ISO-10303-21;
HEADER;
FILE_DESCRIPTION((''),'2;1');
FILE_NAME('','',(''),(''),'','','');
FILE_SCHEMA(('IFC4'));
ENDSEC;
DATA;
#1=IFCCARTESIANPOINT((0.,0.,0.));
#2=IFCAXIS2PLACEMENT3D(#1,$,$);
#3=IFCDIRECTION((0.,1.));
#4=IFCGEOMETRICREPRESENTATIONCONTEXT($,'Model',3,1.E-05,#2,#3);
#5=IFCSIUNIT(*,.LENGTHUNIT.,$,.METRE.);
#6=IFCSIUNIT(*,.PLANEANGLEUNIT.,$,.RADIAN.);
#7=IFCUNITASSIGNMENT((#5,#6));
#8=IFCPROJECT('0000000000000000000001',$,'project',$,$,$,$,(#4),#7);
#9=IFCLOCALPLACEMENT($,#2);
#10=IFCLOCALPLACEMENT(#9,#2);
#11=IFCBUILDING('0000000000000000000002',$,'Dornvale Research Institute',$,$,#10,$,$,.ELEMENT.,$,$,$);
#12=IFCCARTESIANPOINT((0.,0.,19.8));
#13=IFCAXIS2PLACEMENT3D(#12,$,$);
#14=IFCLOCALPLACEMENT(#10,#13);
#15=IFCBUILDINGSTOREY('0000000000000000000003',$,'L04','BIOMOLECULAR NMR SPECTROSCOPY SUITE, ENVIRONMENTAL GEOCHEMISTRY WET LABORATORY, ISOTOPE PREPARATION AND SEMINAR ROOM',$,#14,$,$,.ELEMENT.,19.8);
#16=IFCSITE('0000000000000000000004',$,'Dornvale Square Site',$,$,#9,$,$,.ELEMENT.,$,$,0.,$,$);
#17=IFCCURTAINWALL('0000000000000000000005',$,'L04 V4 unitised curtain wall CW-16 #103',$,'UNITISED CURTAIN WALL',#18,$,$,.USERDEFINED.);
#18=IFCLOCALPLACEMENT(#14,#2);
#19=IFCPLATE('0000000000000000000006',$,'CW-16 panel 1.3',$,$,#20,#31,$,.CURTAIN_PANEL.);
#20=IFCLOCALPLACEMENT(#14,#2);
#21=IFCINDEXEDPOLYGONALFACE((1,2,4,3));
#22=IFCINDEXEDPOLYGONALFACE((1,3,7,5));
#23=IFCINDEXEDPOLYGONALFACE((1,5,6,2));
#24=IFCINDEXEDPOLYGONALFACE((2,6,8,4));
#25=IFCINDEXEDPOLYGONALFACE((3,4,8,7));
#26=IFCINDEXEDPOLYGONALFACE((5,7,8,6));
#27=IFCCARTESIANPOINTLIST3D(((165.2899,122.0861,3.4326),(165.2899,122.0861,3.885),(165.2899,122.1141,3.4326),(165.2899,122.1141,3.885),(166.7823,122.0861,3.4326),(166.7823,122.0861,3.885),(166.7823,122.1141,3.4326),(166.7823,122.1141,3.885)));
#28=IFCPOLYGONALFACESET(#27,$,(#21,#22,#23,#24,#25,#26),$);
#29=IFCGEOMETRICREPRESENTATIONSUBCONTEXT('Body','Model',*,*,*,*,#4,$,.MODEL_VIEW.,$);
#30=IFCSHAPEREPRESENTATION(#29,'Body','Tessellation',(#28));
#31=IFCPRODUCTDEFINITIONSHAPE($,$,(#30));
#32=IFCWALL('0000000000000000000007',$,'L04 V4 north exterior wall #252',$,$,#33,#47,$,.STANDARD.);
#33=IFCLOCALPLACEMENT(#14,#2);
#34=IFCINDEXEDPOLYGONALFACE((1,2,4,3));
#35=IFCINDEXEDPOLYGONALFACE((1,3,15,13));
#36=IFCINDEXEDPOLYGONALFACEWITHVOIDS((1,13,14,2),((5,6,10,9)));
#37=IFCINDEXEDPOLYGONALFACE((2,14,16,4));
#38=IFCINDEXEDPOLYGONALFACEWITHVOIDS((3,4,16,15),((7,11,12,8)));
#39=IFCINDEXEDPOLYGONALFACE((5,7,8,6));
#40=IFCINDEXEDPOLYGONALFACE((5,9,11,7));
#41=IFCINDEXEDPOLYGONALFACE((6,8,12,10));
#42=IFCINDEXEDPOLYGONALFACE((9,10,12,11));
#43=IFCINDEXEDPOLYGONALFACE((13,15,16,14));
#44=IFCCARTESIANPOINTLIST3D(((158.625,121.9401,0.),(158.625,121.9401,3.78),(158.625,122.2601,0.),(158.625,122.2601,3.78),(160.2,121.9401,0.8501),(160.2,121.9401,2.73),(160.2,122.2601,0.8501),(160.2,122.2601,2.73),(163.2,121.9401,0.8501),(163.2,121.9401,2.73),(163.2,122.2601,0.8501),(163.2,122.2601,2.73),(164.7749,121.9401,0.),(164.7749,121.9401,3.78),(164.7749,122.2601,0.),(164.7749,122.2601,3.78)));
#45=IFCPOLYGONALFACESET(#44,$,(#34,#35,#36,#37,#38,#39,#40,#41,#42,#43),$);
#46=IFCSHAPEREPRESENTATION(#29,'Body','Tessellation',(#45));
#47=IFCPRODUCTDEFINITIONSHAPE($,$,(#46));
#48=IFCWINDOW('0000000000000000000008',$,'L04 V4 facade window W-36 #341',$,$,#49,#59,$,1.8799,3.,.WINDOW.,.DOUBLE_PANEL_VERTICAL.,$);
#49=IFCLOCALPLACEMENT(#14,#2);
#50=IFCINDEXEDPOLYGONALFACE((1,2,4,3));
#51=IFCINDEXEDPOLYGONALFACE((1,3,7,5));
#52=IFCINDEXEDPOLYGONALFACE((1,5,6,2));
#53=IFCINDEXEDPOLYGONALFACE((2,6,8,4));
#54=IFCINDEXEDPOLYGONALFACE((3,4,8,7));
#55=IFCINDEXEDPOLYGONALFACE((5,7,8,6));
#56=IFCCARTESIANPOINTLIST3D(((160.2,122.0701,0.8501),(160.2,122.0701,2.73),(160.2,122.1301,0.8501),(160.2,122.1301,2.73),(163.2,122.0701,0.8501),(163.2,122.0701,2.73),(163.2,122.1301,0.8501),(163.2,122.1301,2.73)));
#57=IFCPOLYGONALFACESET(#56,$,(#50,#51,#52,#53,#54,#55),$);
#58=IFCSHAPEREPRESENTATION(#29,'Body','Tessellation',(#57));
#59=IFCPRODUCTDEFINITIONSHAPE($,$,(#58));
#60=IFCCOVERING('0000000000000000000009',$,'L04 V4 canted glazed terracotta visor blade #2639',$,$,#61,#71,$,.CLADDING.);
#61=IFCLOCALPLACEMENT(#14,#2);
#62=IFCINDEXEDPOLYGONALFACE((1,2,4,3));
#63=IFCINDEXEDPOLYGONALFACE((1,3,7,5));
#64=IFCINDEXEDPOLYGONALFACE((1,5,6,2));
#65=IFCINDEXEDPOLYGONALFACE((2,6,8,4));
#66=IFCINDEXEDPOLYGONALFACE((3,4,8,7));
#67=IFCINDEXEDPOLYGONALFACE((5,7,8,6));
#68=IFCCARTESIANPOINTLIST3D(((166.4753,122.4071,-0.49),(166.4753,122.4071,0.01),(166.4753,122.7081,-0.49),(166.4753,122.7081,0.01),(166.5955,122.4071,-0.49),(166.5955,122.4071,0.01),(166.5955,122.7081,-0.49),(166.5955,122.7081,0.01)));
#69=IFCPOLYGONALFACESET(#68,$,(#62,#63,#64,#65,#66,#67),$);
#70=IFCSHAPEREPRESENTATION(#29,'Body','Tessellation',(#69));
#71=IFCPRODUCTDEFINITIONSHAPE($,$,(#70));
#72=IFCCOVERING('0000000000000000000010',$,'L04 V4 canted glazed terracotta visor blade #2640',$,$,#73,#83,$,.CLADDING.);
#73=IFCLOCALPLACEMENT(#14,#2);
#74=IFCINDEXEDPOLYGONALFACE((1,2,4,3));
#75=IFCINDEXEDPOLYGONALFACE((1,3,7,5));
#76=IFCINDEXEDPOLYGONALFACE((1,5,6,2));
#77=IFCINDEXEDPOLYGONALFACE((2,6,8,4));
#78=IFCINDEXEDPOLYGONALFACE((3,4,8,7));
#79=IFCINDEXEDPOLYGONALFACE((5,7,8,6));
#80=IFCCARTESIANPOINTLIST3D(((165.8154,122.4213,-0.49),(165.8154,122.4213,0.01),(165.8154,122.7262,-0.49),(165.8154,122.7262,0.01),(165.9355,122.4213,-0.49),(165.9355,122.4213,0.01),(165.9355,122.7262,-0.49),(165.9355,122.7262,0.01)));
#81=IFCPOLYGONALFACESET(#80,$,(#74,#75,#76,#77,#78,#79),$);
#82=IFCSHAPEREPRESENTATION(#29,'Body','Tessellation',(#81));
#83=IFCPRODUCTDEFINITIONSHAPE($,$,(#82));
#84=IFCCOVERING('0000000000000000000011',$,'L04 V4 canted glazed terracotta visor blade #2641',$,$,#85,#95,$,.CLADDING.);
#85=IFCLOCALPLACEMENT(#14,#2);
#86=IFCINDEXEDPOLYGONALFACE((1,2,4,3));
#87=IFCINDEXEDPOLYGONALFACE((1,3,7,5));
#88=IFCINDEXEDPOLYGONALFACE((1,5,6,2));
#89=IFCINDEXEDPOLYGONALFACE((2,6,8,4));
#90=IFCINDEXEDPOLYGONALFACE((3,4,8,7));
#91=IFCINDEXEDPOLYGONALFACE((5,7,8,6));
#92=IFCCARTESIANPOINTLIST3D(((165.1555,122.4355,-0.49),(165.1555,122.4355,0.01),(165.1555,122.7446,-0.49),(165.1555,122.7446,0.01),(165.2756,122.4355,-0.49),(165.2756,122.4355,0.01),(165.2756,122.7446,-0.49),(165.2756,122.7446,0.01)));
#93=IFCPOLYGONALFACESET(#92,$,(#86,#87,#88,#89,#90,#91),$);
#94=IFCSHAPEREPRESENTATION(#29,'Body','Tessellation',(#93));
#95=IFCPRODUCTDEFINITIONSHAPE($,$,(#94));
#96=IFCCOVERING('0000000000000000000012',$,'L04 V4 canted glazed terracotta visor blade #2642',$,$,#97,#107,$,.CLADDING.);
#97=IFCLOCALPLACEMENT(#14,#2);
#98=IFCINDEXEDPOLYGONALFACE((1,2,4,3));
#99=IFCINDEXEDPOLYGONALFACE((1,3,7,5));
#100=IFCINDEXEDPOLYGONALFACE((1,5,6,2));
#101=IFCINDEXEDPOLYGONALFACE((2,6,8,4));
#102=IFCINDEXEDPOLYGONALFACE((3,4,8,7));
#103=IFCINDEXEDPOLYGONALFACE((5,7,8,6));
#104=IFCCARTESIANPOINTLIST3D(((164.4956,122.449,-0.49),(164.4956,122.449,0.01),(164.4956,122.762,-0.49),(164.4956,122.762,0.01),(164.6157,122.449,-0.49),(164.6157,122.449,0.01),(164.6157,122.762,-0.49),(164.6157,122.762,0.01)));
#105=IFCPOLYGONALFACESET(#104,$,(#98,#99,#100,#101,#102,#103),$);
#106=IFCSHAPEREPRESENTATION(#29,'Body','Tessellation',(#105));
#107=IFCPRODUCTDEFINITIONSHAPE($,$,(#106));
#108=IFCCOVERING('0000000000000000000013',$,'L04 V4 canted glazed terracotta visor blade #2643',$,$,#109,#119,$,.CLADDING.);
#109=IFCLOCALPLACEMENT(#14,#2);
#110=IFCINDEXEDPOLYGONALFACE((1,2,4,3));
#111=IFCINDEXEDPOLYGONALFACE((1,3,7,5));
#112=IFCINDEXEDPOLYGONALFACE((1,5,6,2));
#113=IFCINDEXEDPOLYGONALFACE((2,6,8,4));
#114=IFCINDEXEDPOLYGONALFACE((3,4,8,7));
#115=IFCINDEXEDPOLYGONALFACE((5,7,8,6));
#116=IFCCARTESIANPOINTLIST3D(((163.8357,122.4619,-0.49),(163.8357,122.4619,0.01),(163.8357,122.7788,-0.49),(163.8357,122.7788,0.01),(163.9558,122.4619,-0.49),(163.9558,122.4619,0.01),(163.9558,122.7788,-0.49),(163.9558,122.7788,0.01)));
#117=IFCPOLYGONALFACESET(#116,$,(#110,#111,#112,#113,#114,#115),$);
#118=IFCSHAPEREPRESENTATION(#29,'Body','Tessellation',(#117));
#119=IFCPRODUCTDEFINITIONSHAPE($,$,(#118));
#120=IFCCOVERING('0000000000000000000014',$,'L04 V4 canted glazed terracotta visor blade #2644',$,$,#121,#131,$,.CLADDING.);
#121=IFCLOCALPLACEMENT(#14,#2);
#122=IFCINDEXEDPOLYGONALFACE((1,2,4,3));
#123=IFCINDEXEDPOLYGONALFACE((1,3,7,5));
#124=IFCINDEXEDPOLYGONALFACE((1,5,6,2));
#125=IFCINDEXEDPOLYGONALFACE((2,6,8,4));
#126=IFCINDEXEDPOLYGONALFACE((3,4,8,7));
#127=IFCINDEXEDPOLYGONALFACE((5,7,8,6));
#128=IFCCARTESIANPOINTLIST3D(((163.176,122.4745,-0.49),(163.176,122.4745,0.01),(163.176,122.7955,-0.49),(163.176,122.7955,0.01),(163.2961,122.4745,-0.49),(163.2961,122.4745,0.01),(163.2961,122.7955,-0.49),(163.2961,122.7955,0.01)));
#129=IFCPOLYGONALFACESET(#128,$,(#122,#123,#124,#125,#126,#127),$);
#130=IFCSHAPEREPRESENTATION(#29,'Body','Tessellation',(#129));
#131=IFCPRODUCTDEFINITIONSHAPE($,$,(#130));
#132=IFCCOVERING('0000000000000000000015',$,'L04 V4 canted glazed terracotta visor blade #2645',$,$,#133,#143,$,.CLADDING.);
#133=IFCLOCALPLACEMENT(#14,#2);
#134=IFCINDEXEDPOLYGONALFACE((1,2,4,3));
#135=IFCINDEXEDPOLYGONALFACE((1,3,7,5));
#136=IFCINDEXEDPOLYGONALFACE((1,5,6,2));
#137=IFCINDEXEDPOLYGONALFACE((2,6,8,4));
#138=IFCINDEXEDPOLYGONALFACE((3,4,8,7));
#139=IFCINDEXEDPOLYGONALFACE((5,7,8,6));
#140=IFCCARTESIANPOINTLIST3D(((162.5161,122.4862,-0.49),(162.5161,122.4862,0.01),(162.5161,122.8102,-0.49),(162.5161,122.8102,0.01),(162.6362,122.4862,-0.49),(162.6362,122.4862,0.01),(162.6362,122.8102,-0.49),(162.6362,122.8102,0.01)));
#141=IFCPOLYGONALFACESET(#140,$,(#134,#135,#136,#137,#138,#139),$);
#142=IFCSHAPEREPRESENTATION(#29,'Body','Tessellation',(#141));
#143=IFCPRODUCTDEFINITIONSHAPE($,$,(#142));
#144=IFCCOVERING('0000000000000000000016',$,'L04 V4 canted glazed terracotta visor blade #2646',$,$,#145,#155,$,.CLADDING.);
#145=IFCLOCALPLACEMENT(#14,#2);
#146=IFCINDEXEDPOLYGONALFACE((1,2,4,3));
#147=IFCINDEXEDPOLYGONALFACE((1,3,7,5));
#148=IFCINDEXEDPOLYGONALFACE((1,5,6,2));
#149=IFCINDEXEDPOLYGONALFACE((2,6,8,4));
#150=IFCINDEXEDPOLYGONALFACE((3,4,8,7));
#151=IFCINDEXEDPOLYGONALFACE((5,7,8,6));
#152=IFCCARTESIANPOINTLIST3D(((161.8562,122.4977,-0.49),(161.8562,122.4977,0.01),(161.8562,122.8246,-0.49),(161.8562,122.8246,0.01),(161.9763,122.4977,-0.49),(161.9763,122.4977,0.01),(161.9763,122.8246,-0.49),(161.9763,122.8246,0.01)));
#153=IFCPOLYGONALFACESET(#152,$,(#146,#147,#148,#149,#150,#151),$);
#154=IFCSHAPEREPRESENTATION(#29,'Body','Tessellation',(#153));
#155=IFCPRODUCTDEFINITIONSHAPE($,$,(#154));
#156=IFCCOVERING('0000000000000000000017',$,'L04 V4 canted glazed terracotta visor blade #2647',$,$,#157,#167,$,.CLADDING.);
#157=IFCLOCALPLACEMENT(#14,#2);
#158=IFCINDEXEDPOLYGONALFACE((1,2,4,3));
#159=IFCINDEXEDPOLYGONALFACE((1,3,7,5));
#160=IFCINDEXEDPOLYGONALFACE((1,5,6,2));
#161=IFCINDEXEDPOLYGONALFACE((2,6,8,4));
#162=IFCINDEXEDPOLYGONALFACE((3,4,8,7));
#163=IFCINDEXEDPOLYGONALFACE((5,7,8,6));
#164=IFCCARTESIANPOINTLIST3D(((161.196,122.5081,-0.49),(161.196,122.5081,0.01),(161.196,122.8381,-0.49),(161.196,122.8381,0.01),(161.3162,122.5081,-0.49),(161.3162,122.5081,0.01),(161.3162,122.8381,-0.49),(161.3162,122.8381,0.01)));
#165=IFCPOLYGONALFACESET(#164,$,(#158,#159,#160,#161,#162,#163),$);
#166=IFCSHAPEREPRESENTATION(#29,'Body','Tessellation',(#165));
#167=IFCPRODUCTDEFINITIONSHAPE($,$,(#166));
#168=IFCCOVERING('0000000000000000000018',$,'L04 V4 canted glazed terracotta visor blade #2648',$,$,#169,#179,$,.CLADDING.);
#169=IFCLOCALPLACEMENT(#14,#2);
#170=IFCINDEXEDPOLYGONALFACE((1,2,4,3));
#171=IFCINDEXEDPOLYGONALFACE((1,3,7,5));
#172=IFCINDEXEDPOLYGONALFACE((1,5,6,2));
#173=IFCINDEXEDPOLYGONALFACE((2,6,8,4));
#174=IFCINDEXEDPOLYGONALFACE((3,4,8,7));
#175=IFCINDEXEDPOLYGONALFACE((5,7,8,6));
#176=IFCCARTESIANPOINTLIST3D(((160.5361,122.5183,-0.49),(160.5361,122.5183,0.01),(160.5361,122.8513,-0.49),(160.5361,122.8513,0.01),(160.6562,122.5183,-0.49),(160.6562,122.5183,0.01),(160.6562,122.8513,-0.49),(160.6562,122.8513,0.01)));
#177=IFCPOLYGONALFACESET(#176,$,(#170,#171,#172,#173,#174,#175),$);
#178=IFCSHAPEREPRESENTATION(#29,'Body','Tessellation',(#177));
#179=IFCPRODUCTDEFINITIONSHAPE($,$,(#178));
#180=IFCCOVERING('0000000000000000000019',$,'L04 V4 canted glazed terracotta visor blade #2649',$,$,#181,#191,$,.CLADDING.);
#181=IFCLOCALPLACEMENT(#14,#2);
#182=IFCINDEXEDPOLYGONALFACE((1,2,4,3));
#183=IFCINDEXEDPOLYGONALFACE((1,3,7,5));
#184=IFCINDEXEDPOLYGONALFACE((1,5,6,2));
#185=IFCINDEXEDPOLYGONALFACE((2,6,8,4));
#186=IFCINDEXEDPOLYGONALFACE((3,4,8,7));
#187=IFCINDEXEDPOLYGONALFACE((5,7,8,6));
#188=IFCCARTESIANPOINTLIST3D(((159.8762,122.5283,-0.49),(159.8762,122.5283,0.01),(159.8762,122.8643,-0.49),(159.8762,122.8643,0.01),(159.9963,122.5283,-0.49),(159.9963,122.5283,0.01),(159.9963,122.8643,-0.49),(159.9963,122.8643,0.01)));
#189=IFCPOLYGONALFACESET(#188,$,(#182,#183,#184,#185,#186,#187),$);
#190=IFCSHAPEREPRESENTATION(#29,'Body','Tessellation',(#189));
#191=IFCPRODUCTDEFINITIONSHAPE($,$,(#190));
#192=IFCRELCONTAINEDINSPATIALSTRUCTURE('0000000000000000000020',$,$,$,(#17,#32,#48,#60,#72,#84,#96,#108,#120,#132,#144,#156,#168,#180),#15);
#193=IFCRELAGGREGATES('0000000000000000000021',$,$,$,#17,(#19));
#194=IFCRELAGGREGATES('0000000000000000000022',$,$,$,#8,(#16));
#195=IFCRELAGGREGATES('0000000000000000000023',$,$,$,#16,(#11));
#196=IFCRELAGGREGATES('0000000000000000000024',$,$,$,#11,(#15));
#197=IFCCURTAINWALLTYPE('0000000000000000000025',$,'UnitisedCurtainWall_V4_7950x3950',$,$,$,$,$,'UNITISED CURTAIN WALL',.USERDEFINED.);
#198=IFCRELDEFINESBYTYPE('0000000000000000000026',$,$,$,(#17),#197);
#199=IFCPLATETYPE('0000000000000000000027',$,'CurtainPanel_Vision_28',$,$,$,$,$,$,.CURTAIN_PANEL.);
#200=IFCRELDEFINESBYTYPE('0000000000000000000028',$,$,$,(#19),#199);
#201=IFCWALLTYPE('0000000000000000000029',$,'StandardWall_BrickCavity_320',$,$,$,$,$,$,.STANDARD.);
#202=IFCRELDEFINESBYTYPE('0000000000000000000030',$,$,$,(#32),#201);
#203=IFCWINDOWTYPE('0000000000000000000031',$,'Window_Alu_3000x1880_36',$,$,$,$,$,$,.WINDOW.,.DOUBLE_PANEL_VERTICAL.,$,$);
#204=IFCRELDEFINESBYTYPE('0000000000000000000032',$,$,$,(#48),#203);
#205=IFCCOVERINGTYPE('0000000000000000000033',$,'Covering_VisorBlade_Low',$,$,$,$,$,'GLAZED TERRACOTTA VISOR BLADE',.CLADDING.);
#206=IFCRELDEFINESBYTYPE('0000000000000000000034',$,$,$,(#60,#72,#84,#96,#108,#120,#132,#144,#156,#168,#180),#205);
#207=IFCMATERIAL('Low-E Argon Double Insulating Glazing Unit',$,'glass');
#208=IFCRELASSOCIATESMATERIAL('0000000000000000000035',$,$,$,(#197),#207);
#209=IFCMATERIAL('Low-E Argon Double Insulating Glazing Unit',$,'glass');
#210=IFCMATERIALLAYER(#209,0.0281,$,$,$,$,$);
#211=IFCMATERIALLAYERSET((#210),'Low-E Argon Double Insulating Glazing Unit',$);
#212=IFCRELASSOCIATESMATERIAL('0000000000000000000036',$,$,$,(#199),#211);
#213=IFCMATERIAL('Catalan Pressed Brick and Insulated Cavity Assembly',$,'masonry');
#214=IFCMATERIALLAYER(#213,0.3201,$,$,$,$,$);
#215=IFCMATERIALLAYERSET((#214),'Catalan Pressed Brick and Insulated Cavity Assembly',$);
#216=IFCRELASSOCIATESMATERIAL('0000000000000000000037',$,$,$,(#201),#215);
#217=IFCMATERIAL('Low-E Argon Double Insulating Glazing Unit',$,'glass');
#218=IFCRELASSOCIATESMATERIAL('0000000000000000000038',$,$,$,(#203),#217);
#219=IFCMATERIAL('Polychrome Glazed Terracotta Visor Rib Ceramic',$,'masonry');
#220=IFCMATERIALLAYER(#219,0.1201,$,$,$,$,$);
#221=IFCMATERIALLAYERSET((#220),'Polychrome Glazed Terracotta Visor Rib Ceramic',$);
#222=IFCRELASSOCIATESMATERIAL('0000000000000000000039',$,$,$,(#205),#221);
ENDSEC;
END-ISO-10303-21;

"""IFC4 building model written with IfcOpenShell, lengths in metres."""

from ifc_helpers import new_model, si_unit, direction, frame, frame_2d, origin, origin_2d, place, context, subcontext, project, spatial, rectangle, extrude, material, layer, layer_set, type_object, element, fill, aggregate, save


model = new_model("IFC4")

# Units and contexts
model_context = context("Model", 3, precision=1e-05, world=origin(), true_north=direction((0.0, 1.0)))
body_context = subcontext(model_context, "Body", "Model", "MODEL_VIEW")
ifc_project = project(units=[si_unit("LENGTHUNIT", "METRE"), si_unit("PLANEANGLEUNIT", "RADIAN")], contexts=[model_context])

# Site, building, storey
site_placement = place(None, origin())
site = spatial("IfcSite", under=ifc_project, at=site_placement, Name="Dornvale Square Site", CompositionType="ELEMENT", RefElevation=0.0)
building_placement = place(site_placement, origin())
building = spatial("IfcBuilding", under=site, at=building_placement, Name="Dornvale Research Institute", CompositionType="ELEMENT")
storey_placement = place(building_placement, frame((0.0, 0.0, 19.8)))
storey = spatial("IfcBuildingStorey", under=building, at=storey_placement, Name="L04", Description="BIOMOLECULAR NMR SPECTROSCOPY SUITE, ENVIRONMENTAL GEOCHEMISTRY WET LABORATORY, ISOTOPE PREPARATION AND SEMINAR ROOM", CompositionType="ELEMENT", Elevation=19.8)

# Curtain wall
ifc_material_1 = material(Name="Low-E Argon Double Insulating Glazing Unit", Category="glass")
curtain_wall_type_1 = type_object("IfcCurtainWallType", Name="UnitisedCurtainWall_V4_7950x3950", ElementType="UNITISED CURTAIN WALL", PredefinedType="USERDEFINED", material=ifc_material_1)
curtain_wall_1_placement = place(storey_placement, origin())
curtain_wall_1 = element("IfcCurtainWall", 1, at=curtain_wall_1_placement, inside=storey, type_object=curtain_wall_type_1, Name="L04 V4 unitised curtain wall CW-16 #103", ObjectType="UNITISED CURTAIN WALL", PredefinedType="USERDEFINED")

# Plate
ifc_material_2 = material(Name="Low-E Argon Double Insulating Glazing Unit", Category="glass")
ifc_layer_1 = layer(ifc_material_2, 0.0281)
ifc_layer_set_1 = layer_set([ifc_layer_1], Name="Low-E Argon Double Insulating Glazing Unit")
plate_type_1 = type_object("IfcPlateType", Name="CurtainPanel_Vision_28", PredefinedType="CURTAIN_PANEL", material=ifc_layer_set_1)
plate_1_placement = place(storey_placement, frame((166.0361, 122.1001, 3.4326), z_axis=(0.0, 0.0, 1.0), x_axis=(1.0, 0.0, 0.0)))
plate_1 = element("IfcPlate", 2, at=plate_1_placement, type_object=plate_type_1, Name="CW-16 panel 1.3", PredefinedType="CURTAIN_PANEL", context=body_context, shape_type="SweptSolid", body=[
    extrude(rectangle(XDim=1.4924, YDim=0.0281, at=origin_2d()), origin(), (0.0, 0.0, 1.0), 0.4524),
])
aggregate(curtain_wall_1, [plate_1])

# Wall, opening, window
ifc_material_3 = material(Name="Catalan Pressed Brick and Insulated Cavity Assembly", Category="masonry")
ifc_layer_2 = layer(ifc_material_3, 0.3201)
ifc_layer_set_2 = layer_set([ifc_layer_2], Name="Catalan Pressed Brick and Insulated Cavity Assembly")
wall_type = type_object("IfcWallType", Name="StandardWall_BrickCavity_320", PredefinedType="STANDARD", material=ifc_layer_set_2)
wall_placement = place(storey_placement, frame((158.625, 122.1001, 0.0), z_axis=(0.0, 0.0, 1.0), x_axis=(1.0, 0.0, 0.0)))
wall = element("IfcWall", 3, at=wall_placement, inside=storey, type_object=wall_type, Name="L04 V4 north exterior wall #252", PredefinedType="STANDARD", context=body_context, shape_type="SweptSolid", body=[
    extrude(rectangle(XDim=6.1499, YDim=0.3201, at=frame_2d((3.075, 0.0))), origin(), (0.0, 0.0, 1.0), 3.78),
])
opening_placement = place(wall_placement, frame((1.575, 0.0, 0.8501)))
opening = element("IfcOpeningElement", 4, at=opening_placement, cuts=wall, PredefinedType="OPENING", context=body_context, shape_type="SweptSolid", body=[
    extrude(rectangle(XDim=3.0, YDim=1.8799, at=frame_2d((1.5, 0.9399))), frame((0.0, 0.175, 0.0), z_axis=(0.0, -1.0, 0.0), x_axis=(1.0, 0.0, 0.0)), (0.0, 0.0, 1.0), 0.3501),
])
ifc_material_4 = material(Name="Low-E Argon Double Insulating Glazing Unit", Category="glass")
window_type = type_object("IfcWindowType", Name="Window_Alu_3000x1880_36", PartitioningType="DOUBLE_PANEL_VERTICAL", PredefinedType="WINDOW", material=ifc_material_4)
window_placement = place(opening_placement, origin())
window = element("IfcWindow", 5, at=window_placement, inside=storey, type_object=window_type, Name="L04 V4 facade window W-36 #341", OverallHeight=1.8799, OverallWidth=3.0, PartitioningType="DOUBLE_PANEL_VERTICAL", PredefinedType="WINDOW", context=body_context, shape_type="SweptSolid", body=[
    extrude(rectangle(XDim=3.0, YDim=1.8799, at=frame_2d((1.5, 0.9399))), frame((0.0, 0.03, 0.0), z_axis=(0.0, -1.0, 0.0), x_axis=(1.0, 0.0, 0.0)), (0.0, 0.0, 1.0), 0.0601),
])
fill(opening, window)

# Coverings
ifc_material_5 = material(Name="Polychrome Glazed Terracotta Visor Rib Ceramic", Category="masonry")
ifc_layer_3 = layer(ifc_material_5, 0.1201)
ifc_layer_set_3 = layer_set([ifc_layer_3], Name="Polychrome Glazed Terracotta Visor Rib Ceramic")
covering_type = type_object("IfcCoveringType", Name="Covering_VisorBlade_Low", ElementType="GLAZED TERRACOTTA VISOR BLADE", PredefinedType="CLADDING", material=ifc_layer_set_3)
covering_1_placement = place(storey_placement, frame((166.5354, 122.5576, -0.49), z_axis=(0.0, 0.0, 1.0), x_axis=(0.0, 1.0, 0.0)))
element("IfcCovering", 6, at=covering_1_placement, inside=storey, type_object=covering_type, Name="L04 V4 canted glazed terracotta visor blade #2639", PredefinedType="CLADDING", context=body_context, shape_type="SweptSolid", body=[
    extrude(rectangle(XDim=0.301, YDim=0.1201, at=origin_2d()), origin(), (0.0, 0.0, 1.0), 0.5),
])
covering_2_placement = place(storey_placement, frame((165.8755, 122.5737, -0.49), z_axis=(0.0, 0.0, 1.0), x_axis=(0.0, 1.0, 0.0)))
element("IfcCovering", 7, at=covering_2_placement, inside=storey, type_object=covering_type, Name="L04 V4 canted glazed terracotta visor blade #2640", PredefinedType="CLADDING", context=body_context, shape_type="SweptSolid", body=[
    extrude(rectangle(XDim=0.3049, YDim=0.1201, at=origin_2d()), origin(), (0.0, 0.0, 1.0), 0.5),
])
covering_3_placement = place(storey_placement, frame((165.2156, 122.5901, -0.49), z_axis=(0.0, 0.0, 1.0), x_axis=(0.0, 1.0, 0.0)))
element("IfcCovering", 8, at=covering_3_placement, inside=storey, type_object=covering_type, Name="L04 V4 canted glazed terracotta visor blade #2641", PredefinedType="CLADDING", context=body_context, shape_type="SweptSolid", body=[
    extrude(rectangle(XDim=0.3091, YDim=0.1201, at=origin_2d()), origin(), (0.0, 0.0, 1.0), 0.5),
])
covering_4_placement = place(storey_placement, frame((164.5557, 122.6055, -0.49), z_axis=(0.0, 0.0, 1.0), x_axis=(0.0, 1.0, 0.0)))
element("IfcCovering", 9, at=covering_4_placement, inside=storey, type_object=covering_type, Name="L04 V4 canted glazed terracotta visor blade #2642", PredefinedType="CLADDING", context=body_context, shape_type="SweptSolid", body=[
    extrude(rectangle(XDim=0.313, YDim=0.1201, at=origin_2d()), origin(), (0.0, 0.0, 1.0), 0.5),
])
covering_5_placement = place(storey_placement, frame((163.8958, 122.6204, -0.49), z_axis=(0.0, 0.0, 1.0), x_axis=(0.0, 1.0, 0.0)))
element("IfcCovering", 10, at=covering_5_placement, inside=storey, type_object=covering_type, Name="L04 V4 canted glazed terracotta visor blade #2643", PredefinedType="CLADDING", context=body_context, shape_type="SweptSolid", body=[
    extrude(rectangle(XDim=0.3169, YDim=0.1201, at=origin_2d()), origin(), (0.0, 0.0, 1.0), 0.5),
])
covering_6_placement = place(storey_placement, frame((163.2361, 122.635, -0.49), z_axis=(0.0, 0.0, 1.0), x_axis=(0.0, 1.0, 0.0)))
element("IfcCovering", 11, at=covering_6_placement, inside=storey, type_object=covering_type, Name="L04 V4 canted glazed terracotta visor blade #2644", PredefinedType="CLADDING", context=body_context, shape_type="SweptSolid", body=[
    extrude(rectangle(XDim=0.321, YDim=0.1201, at=origin_2d()), origin(), (0.0, 0.0, 1.0), 0.5),
])
covering_7_placement = place(storey_placement, frame((162.5762, 122.6482, -0.49), z_axis=(0.0, 0.0, 1.0), x_axis=(0.0, 1.0, 0.0)))
element("IfcCovering", 12, at=covering_7_placement, inside=storey, type_object=covering_type, Name="L04 V4 canted glazed terracotta visor blade #2645", PredefinedType="CLADDING", context=body_context, shape_type="SweptSolid", body=[
    extrude(rectangle(XDim=0.324, YDim=0.1201, at=origin_2d()), origin(), (0.0, 0.0, 1.0), 0.5),
])
covering_8_placement = place(storey_placement, frame((161.9163, 122.6611, -0.49), z_axis=(0.0, 0.0, 1.0), x_axis=(0.0, 1.0, 0.0)))
element("IfcCovering", 13, at=covering_8_placement, inside=storey, type_object=covering_type, Name="L04 V4 canted glazed terracotta visor blade #2646", PredefinedType="CLADDING", context=body_context, shape_type="SweptSolid", body=[
    extrude(rectangle(XDim=0.3269, YDim=0.1201, at=origin_2d()), origin(), (0.0, 0.0, 1.0), 0.5),
])
covering_9_placement = place(storey_placement, frame((161.2561, 122.6731, -0.49), z_axis=(0.0, 0.0, 1.0), x_axis=(0.0, 1.0, 0.0)))
element("IfcCovering", 14, at=covering_9_placement, inside=storey, type_object=covering_type, Name="L04 V4 canted glazed terracotta visor blade #2647", PredefinedType="CLADDING", context=body_context, shape_type="SweptSolid", body=[
    extrude(rectangle(XDim=0.3301, YDim=0.1201, at=origin_2d()), origin(), (0.0, 0.0, 1.0), 0.5),
])
covering_10_placement = place(storey_placement, frame((160.5962, 122.6848, -0.49), z_axis=(0.0, 0.0, 1.0), x_axis=(0.0, 1.0, 0.0)))
element("IfcCovering", 15, at=covering_10_placement, inside=storey, type_object=covering_type, Name="L04 V4 canted glazed terracotta visor blade #2648", PredefinedType="CLADDING", context=body_context, shape_type="SweptSolid", body=[
    extrude(rectangle(XDim=0.333, YDim=0.1201, at=origin_2d()), origin(), (0.0, 0.0, 1.0), 0.5),
])
covering_11_placement = place(storey_placement, frame((159.9363, 122.6963, -0.49), z_axis=(0.0, 0.0, 1.0), x_axis=(0.0, 1.0, 0.0)))
element("IfcCovering", 16, at=covering_11_placement, inside=storey, type_object=covering_type, Name="L04 V4 canted glazed terracotta visor blade #2649", PredefinedType="CLADDING", context=body_context, shape_type="SweptSolid", body=[
    extrude(rectangle(XDim=0.3359, YDim=0.1201, at=origin_2d()), origin(), (0.0, 0.0, 1.0), 0.5),
])

save(model, "model.ifc")
